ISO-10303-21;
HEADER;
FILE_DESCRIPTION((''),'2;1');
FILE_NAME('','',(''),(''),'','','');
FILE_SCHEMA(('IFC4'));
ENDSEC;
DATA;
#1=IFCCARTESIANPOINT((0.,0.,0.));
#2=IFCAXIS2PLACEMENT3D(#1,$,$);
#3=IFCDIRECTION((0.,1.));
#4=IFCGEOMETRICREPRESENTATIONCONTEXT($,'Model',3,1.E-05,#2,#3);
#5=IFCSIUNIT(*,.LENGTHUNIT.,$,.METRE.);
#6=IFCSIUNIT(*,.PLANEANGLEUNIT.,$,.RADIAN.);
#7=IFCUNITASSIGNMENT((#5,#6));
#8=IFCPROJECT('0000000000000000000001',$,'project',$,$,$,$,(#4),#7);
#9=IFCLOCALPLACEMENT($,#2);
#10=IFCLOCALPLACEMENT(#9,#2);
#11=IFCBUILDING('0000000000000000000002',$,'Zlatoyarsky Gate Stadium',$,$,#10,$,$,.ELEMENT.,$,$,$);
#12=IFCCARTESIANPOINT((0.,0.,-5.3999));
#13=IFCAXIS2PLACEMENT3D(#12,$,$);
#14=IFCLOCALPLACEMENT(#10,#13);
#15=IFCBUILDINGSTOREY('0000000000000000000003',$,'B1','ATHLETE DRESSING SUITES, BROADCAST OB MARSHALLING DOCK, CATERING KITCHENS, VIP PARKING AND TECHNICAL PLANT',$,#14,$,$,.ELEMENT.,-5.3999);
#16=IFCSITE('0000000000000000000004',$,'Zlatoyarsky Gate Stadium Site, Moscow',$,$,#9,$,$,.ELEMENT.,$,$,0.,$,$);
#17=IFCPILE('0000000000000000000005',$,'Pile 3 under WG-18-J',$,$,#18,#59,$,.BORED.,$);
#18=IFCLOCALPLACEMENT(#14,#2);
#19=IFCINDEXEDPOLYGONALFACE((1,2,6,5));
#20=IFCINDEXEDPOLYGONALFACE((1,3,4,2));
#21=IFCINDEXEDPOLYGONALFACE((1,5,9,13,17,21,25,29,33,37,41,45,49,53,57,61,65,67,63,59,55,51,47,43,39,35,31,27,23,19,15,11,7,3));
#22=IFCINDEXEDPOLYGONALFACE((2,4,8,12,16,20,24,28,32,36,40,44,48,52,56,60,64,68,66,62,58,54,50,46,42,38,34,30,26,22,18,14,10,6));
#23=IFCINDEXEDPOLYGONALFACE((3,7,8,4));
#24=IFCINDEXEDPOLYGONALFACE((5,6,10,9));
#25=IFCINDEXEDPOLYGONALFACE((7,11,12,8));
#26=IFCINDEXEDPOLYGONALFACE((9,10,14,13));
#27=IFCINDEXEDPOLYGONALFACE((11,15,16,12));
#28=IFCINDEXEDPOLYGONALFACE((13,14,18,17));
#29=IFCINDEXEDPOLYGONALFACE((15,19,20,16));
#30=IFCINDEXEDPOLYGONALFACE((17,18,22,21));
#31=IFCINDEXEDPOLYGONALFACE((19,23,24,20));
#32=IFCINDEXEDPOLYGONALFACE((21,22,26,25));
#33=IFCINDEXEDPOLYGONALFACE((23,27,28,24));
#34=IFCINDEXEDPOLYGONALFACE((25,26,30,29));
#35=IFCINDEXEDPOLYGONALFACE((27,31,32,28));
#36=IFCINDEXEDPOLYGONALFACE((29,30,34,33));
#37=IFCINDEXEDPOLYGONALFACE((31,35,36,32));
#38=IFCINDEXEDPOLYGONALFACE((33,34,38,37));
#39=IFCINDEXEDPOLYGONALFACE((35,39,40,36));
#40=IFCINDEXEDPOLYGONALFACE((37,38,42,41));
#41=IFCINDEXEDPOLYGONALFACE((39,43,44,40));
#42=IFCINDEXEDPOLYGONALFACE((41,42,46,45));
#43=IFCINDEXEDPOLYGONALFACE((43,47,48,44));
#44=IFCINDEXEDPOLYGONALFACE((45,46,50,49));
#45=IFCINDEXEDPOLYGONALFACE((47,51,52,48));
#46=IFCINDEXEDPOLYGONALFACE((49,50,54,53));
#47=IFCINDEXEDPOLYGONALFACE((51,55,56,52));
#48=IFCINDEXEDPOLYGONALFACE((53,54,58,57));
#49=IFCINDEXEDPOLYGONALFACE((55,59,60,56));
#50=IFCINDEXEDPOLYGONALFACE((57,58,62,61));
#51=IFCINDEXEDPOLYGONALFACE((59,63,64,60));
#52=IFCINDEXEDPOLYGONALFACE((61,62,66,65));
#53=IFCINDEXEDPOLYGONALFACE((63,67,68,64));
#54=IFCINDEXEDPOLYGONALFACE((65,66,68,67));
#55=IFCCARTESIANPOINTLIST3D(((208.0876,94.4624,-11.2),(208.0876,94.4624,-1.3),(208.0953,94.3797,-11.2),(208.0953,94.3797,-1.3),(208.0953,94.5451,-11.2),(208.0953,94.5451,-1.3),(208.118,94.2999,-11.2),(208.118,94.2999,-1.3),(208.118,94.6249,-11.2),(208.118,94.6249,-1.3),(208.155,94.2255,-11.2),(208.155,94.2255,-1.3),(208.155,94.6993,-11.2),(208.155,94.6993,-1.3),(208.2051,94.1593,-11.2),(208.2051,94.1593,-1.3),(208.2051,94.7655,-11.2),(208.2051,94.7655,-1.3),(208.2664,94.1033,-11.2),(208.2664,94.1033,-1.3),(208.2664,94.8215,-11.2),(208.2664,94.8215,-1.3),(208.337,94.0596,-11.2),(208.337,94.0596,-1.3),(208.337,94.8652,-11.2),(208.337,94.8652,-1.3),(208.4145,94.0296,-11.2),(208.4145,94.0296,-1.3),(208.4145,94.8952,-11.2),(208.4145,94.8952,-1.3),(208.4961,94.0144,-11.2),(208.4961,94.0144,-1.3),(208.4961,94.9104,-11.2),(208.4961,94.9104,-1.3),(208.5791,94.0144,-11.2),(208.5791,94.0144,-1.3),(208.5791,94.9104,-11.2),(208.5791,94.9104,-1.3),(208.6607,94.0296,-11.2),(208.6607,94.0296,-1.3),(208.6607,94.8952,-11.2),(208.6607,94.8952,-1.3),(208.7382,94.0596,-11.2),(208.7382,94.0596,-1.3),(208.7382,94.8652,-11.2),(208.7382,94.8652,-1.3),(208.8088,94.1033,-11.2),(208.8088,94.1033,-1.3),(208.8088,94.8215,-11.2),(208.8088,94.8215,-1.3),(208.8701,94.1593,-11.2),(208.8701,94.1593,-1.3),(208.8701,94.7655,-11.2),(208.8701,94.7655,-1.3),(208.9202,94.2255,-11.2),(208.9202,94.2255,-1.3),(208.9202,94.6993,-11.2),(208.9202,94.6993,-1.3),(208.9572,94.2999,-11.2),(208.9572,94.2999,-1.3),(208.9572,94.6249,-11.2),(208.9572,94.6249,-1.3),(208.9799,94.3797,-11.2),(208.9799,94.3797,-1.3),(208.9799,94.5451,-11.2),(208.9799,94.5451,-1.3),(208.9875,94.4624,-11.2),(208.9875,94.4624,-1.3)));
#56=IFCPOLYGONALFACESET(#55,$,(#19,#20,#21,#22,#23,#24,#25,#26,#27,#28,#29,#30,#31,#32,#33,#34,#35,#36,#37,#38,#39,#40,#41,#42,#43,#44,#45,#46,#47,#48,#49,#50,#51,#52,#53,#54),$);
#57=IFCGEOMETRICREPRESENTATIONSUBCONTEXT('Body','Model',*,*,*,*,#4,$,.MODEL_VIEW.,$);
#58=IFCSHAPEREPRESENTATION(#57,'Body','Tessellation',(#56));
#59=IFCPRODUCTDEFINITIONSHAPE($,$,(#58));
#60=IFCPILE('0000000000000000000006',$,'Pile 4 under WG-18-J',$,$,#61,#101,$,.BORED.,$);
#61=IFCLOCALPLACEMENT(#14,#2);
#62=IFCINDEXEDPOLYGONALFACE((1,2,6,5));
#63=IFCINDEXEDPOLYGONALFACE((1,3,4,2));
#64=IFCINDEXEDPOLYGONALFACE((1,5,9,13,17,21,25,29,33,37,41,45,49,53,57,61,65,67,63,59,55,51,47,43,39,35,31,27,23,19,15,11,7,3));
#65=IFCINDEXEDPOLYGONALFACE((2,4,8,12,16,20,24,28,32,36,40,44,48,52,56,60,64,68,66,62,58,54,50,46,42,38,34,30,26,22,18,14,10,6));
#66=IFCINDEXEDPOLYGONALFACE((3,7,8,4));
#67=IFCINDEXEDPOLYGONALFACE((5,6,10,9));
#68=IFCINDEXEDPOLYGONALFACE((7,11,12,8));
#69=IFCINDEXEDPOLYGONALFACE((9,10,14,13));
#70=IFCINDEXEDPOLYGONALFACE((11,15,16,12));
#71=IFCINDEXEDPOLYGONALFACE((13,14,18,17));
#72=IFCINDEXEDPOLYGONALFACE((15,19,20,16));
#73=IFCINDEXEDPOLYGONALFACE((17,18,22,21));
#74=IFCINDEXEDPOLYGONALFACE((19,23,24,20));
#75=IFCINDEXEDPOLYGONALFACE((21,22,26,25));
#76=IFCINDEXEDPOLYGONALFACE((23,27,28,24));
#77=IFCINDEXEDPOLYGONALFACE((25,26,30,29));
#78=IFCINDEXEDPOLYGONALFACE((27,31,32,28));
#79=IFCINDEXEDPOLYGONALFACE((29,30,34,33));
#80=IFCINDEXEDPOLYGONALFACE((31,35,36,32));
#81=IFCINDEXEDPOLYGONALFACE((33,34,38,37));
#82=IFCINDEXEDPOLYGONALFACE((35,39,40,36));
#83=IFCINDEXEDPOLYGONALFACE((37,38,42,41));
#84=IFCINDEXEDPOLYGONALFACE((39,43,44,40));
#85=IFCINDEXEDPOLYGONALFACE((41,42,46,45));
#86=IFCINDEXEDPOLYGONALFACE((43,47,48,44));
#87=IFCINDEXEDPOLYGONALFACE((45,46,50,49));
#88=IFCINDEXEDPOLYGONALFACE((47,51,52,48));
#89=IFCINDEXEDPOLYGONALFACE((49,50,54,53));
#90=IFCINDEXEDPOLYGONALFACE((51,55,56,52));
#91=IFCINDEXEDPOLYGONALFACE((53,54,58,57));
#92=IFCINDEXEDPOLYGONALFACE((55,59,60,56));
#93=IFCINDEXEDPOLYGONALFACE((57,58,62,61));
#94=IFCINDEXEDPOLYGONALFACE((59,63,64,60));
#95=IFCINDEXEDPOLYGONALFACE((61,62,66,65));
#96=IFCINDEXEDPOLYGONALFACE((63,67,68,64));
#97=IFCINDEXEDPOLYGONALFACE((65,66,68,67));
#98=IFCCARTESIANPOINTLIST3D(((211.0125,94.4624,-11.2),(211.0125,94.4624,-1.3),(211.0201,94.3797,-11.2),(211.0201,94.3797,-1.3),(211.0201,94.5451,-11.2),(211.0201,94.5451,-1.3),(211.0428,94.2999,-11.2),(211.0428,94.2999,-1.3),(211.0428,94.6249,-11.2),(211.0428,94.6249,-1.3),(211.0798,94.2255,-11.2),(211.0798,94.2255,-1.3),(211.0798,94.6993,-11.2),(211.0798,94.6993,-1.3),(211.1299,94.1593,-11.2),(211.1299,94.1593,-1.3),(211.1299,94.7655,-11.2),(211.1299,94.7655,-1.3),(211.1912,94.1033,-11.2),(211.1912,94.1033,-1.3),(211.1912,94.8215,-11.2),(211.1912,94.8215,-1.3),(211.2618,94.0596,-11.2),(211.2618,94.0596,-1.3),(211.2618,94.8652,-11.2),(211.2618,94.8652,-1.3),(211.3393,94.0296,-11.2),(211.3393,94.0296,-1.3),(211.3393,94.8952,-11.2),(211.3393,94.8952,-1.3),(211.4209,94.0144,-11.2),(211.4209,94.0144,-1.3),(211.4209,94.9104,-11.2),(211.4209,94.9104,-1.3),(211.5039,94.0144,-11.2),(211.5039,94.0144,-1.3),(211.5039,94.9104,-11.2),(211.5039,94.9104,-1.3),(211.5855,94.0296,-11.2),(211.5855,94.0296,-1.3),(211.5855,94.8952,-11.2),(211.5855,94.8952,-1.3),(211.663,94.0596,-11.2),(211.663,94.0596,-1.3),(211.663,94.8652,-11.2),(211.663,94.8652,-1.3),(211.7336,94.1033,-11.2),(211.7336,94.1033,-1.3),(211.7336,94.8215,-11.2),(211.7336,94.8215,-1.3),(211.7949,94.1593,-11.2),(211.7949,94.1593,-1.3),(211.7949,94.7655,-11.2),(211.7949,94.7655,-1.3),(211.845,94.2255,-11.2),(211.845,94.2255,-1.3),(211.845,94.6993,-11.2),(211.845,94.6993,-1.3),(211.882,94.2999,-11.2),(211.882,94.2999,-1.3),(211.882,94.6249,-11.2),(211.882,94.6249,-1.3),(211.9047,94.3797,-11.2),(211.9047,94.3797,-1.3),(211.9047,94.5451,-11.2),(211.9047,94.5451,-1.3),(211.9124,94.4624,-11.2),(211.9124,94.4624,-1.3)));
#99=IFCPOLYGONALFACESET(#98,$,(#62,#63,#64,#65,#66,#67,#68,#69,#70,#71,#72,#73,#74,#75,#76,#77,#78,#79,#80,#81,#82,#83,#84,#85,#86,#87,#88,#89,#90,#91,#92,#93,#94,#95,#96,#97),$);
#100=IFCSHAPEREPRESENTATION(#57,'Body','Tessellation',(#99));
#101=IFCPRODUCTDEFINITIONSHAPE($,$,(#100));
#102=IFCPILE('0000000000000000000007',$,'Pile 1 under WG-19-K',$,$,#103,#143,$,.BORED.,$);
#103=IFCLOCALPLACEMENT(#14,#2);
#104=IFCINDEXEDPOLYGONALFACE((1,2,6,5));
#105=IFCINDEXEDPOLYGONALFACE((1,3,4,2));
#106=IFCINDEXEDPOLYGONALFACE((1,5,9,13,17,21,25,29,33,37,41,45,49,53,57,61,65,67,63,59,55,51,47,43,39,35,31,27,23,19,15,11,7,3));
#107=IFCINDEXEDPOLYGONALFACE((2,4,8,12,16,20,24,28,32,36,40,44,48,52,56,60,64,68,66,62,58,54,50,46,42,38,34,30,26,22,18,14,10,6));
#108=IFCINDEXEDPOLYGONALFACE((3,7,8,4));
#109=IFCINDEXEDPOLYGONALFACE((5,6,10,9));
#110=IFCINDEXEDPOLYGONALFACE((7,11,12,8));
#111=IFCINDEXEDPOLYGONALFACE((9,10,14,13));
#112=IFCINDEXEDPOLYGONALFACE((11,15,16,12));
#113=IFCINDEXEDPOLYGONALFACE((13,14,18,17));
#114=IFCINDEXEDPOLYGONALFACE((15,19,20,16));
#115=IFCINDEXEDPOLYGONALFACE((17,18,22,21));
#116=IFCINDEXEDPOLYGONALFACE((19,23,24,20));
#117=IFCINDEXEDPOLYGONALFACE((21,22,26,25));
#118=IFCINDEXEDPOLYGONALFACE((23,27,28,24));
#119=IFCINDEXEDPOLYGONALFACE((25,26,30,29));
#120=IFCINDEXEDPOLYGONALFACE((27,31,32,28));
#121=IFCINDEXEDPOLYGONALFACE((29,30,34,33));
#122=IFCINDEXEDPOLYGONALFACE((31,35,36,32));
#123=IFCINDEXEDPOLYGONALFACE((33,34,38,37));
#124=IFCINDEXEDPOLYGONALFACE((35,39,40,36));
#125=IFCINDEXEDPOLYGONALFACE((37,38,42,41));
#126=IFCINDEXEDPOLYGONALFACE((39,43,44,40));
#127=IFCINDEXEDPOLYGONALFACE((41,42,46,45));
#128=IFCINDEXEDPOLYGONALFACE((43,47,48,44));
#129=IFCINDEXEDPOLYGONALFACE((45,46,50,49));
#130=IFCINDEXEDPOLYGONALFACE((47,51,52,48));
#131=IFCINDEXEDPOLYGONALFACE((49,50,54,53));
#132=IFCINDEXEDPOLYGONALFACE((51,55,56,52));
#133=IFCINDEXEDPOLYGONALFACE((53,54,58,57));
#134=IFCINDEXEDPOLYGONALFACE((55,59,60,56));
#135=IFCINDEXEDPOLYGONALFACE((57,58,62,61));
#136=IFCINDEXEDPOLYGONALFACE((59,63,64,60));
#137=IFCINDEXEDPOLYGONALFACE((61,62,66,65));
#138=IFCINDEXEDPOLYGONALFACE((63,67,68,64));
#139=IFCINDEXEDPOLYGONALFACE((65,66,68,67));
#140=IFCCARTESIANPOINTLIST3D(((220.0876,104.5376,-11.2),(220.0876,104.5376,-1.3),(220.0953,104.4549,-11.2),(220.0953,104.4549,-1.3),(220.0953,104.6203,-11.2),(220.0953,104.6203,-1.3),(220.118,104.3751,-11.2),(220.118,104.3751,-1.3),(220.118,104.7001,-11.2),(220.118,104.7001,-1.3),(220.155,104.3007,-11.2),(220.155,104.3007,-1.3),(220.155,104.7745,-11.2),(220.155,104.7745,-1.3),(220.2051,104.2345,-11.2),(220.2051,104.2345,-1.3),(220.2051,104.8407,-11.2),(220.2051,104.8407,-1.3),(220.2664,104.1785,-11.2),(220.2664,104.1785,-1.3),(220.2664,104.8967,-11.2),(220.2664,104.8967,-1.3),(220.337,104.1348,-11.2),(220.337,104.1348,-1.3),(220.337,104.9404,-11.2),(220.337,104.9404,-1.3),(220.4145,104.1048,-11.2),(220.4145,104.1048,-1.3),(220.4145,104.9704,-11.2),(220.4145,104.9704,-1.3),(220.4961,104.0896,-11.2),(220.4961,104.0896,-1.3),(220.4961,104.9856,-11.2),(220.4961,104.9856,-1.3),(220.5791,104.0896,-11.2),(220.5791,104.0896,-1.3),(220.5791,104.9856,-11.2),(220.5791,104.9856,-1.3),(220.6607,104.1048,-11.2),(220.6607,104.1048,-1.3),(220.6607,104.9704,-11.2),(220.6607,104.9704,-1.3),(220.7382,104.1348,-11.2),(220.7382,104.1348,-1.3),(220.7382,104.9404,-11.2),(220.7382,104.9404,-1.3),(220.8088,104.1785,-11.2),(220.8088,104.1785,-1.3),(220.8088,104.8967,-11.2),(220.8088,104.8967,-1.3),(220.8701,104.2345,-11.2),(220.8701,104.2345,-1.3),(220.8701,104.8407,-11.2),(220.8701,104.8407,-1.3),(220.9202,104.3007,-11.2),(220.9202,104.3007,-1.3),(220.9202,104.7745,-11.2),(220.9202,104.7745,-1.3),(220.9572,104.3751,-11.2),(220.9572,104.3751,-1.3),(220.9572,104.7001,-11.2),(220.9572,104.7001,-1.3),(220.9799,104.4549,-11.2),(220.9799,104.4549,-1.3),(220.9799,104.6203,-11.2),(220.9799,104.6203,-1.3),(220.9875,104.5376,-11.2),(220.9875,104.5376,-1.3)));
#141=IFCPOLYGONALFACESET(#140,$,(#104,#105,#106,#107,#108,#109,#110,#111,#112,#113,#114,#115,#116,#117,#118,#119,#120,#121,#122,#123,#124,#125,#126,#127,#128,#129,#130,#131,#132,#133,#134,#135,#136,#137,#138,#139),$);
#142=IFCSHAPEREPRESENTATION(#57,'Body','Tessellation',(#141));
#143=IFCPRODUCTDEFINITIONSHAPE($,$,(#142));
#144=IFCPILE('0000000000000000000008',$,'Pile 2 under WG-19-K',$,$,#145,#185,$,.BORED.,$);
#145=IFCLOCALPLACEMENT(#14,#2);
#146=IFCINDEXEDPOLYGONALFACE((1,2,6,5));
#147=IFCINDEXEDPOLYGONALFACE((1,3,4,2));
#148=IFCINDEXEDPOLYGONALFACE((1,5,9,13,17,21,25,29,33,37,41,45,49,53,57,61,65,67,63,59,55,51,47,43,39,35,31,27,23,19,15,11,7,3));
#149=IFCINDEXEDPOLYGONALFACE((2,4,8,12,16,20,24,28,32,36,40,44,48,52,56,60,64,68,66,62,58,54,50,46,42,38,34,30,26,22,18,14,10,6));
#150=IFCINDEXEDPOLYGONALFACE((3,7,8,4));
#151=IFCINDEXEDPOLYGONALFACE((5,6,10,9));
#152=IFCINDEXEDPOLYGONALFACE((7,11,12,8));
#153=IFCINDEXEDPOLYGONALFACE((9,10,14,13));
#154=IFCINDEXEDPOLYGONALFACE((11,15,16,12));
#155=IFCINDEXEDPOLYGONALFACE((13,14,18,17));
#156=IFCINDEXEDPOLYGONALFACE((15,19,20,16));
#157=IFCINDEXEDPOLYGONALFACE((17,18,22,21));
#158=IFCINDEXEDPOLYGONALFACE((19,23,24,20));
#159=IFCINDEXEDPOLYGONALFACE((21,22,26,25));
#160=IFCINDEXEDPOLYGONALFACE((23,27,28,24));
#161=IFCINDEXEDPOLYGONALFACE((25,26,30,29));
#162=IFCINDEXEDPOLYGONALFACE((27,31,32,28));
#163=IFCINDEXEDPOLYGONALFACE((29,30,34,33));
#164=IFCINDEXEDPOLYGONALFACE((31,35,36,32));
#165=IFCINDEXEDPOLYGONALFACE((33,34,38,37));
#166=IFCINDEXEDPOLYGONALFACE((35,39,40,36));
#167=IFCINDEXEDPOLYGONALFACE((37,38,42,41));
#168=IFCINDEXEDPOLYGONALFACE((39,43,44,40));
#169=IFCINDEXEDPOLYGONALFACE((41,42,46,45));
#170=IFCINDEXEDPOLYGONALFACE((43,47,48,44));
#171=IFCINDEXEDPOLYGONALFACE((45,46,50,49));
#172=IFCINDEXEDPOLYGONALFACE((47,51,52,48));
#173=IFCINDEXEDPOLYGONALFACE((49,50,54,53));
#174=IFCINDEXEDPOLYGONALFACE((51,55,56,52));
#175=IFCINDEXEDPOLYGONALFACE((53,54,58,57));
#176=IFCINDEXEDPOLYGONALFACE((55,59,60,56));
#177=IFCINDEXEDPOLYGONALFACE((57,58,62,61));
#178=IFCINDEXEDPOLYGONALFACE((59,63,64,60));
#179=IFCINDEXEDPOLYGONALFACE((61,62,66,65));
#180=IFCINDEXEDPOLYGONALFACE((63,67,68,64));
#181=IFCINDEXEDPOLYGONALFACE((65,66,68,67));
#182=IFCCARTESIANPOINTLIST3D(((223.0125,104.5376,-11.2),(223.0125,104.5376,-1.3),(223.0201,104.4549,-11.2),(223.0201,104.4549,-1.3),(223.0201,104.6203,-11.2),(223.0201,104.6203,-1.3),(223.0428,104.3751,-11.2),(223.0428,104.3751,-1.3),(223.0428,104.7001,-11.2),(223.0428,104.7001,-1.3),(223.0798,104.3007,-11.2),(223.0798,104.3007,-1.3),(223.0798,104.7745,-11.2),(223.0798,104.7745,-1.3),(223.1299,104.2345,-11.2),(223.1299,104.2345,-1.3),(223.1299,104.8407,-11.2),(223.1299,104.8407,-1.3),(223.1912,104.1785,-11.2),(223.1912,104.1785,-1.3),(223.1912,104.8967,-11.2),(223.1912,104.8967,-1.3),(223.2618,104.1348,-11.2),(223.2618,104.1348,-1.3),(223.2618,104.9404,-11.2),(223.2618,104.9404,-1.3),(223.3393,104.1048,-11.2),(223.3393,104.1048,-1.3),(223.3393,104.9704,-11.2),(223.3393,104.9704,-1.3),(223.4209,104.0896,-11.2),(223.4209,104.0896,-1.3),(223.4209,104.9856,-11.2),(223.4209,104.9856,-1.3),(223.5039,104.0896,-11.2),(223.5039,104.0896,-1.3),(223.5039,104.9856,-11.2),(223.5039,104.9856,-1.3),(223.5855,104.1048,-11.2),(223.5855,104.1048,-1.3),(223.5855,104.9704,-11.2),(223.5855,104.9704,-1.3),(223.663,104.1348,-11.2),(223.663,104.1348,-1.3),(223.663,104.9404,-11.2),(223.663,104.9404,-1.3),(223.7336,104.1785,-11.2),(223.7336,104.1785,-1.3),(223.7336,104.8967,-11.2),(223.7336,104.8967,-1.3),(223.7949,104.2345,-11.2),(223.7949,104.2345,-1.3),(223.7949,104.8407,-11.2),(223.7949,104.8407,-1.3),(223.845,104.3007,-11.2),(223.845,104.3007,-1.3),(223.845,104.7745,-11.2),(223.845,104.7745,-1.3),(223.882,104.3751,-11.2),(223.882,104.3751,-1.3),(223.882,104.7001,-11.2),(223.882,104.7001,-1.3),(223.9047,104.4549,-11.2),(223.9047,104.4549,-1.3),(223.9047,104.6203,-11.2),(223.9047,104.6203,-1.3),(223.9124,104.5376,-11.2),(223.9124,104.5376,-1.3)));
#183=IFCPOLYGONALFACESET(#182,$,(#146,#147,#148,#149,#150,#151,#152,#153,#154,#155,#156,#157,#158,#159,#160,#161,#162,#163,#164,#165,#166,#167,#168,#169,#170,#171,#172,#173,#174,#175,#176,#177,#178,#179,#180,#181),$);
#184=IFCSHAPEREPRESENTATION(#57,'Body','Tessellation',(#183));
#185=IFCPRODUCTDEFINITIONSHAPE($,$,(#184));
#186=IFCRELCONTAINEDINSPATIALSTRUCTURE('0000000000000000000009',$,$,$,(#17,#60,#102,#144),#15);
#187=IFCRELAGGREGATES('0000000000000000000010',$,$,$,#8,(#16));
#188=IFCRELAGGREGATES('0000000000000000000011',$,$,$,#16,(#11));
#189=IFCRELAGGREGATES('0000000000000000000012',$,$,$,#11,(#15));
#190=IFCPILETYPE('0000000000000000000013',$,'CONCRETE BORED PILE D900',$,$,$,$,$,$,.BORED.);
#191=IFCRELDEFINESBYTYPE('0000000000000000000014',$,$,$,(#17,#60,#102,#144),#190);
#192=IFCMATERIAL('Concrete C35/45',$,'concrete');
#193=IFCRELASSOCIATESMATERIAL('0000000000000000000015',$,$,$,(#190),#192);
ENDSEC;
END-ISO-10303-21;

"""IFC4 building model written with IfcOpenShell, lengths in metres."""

from ifc_helpers import new_model, si_unit, direction, frame, origin, origin_2d, place, context, subcontext, project, spatial, circle, extrude, material, material_profile, profile_set, type_object, element, save


model = new_model("IFC4")

# Units and contexts
model_context = context("Model", 3, precision=1e-05, world=origin(), true_north=direction((0.0, 1.0)))
body_context = subcontext(model_context, "Body", "Model", "MODEL_VIEW")
ifc_project = project(units=[si_unit("LENGTHUNIT", "METRE"), si_unit("PLANEANGLEUNIT", "RADIAN")], contexts=[model_context])

# Site, building, storey
site_placement = place(None, origin())
site = spatial("IfcSite", under=ifc_project, at=site_placement, Name="Zlatoyarsky Gate Stadium Site, Moscow", CompositionType="ELEMENT", RefElevation=0.0)
building_placement = place(site_placement, origin())
building = spatial("IfcBuilding", under=site, at=building_placement, Name="Zlatoyarsky Gate Stadium", CompositionType="ELEMENT")
storey_placement = place(building_placement, frame((0.0, 0.0, -5.3999)))
storey = spatial("IfcBuildingStorey", under=building, at=storey_placement, Name="B1", Description="ATHLETE DRESSING SUITES, BROADCAST OB MARSHALLING DOCK, CATERING KITCHENS, VIP PARKING AND TECHNICAL PLANT", CompositionType="ELEMENT", Elevation=-5.3999)

# Piles
ifc_material_1 = material(Name="Concrete C35/45", Category="concrete")
ifc_material_profile_1 = material_profile(ifc_material_1, circle(Radius=0.45, at=origin_2d()), Name="BORED PILE D900")
ifc_profile_set_1 = profile_set([ifc_material_profile_1], Name="Concrete C35/45")
pile_type_1 = type_object("IfcPileType", Name="CONCRETE BORED PILE D900", PredefinedType="BORED", material=ifc_profile_set_1)
for number, where, z_axis, x_axis, name in (
    (1, (208.5376, 94.4624, -1.3), (0.0, 0.0, -1.0), (1.0, 0.0, 0.0), "Pile 3 under WG-18-J"),
    (2, (211.4624, 94.4624, -1.3), (0.0, 0.0, -1.0), (1.0, 0.0, 0.0), "Pile 4 under WG-18-J"),
    (3, (220.5376, 104.5376, -1.3), (0.0, 0.0, -1.0), (1.0, 0.0, 0.0), "Pile 1 under WG-19-K"),
    (4, (223.4624, 104.5376, -1.3), (0.0, 0.0, -1.0), (1.0, 0.0, 0.0), "Pile 2 under WG-19-K"),
):
    element("IfcPile", number, at=place(storey_placement, frame(where, z_axis=z_axis, x_axis=x_axis)), inside=storey, type_object=pile_type_1, Name=name, PredefinedType="BORED", context=body_context, shape_type="SweptSolid", body=[
        extrude(circle(Radius=0.45, at=origin_2d()), origin(), (0.0, 0.0, 1.0), 9.8999),
    ])

save(model, "model.ifc")
